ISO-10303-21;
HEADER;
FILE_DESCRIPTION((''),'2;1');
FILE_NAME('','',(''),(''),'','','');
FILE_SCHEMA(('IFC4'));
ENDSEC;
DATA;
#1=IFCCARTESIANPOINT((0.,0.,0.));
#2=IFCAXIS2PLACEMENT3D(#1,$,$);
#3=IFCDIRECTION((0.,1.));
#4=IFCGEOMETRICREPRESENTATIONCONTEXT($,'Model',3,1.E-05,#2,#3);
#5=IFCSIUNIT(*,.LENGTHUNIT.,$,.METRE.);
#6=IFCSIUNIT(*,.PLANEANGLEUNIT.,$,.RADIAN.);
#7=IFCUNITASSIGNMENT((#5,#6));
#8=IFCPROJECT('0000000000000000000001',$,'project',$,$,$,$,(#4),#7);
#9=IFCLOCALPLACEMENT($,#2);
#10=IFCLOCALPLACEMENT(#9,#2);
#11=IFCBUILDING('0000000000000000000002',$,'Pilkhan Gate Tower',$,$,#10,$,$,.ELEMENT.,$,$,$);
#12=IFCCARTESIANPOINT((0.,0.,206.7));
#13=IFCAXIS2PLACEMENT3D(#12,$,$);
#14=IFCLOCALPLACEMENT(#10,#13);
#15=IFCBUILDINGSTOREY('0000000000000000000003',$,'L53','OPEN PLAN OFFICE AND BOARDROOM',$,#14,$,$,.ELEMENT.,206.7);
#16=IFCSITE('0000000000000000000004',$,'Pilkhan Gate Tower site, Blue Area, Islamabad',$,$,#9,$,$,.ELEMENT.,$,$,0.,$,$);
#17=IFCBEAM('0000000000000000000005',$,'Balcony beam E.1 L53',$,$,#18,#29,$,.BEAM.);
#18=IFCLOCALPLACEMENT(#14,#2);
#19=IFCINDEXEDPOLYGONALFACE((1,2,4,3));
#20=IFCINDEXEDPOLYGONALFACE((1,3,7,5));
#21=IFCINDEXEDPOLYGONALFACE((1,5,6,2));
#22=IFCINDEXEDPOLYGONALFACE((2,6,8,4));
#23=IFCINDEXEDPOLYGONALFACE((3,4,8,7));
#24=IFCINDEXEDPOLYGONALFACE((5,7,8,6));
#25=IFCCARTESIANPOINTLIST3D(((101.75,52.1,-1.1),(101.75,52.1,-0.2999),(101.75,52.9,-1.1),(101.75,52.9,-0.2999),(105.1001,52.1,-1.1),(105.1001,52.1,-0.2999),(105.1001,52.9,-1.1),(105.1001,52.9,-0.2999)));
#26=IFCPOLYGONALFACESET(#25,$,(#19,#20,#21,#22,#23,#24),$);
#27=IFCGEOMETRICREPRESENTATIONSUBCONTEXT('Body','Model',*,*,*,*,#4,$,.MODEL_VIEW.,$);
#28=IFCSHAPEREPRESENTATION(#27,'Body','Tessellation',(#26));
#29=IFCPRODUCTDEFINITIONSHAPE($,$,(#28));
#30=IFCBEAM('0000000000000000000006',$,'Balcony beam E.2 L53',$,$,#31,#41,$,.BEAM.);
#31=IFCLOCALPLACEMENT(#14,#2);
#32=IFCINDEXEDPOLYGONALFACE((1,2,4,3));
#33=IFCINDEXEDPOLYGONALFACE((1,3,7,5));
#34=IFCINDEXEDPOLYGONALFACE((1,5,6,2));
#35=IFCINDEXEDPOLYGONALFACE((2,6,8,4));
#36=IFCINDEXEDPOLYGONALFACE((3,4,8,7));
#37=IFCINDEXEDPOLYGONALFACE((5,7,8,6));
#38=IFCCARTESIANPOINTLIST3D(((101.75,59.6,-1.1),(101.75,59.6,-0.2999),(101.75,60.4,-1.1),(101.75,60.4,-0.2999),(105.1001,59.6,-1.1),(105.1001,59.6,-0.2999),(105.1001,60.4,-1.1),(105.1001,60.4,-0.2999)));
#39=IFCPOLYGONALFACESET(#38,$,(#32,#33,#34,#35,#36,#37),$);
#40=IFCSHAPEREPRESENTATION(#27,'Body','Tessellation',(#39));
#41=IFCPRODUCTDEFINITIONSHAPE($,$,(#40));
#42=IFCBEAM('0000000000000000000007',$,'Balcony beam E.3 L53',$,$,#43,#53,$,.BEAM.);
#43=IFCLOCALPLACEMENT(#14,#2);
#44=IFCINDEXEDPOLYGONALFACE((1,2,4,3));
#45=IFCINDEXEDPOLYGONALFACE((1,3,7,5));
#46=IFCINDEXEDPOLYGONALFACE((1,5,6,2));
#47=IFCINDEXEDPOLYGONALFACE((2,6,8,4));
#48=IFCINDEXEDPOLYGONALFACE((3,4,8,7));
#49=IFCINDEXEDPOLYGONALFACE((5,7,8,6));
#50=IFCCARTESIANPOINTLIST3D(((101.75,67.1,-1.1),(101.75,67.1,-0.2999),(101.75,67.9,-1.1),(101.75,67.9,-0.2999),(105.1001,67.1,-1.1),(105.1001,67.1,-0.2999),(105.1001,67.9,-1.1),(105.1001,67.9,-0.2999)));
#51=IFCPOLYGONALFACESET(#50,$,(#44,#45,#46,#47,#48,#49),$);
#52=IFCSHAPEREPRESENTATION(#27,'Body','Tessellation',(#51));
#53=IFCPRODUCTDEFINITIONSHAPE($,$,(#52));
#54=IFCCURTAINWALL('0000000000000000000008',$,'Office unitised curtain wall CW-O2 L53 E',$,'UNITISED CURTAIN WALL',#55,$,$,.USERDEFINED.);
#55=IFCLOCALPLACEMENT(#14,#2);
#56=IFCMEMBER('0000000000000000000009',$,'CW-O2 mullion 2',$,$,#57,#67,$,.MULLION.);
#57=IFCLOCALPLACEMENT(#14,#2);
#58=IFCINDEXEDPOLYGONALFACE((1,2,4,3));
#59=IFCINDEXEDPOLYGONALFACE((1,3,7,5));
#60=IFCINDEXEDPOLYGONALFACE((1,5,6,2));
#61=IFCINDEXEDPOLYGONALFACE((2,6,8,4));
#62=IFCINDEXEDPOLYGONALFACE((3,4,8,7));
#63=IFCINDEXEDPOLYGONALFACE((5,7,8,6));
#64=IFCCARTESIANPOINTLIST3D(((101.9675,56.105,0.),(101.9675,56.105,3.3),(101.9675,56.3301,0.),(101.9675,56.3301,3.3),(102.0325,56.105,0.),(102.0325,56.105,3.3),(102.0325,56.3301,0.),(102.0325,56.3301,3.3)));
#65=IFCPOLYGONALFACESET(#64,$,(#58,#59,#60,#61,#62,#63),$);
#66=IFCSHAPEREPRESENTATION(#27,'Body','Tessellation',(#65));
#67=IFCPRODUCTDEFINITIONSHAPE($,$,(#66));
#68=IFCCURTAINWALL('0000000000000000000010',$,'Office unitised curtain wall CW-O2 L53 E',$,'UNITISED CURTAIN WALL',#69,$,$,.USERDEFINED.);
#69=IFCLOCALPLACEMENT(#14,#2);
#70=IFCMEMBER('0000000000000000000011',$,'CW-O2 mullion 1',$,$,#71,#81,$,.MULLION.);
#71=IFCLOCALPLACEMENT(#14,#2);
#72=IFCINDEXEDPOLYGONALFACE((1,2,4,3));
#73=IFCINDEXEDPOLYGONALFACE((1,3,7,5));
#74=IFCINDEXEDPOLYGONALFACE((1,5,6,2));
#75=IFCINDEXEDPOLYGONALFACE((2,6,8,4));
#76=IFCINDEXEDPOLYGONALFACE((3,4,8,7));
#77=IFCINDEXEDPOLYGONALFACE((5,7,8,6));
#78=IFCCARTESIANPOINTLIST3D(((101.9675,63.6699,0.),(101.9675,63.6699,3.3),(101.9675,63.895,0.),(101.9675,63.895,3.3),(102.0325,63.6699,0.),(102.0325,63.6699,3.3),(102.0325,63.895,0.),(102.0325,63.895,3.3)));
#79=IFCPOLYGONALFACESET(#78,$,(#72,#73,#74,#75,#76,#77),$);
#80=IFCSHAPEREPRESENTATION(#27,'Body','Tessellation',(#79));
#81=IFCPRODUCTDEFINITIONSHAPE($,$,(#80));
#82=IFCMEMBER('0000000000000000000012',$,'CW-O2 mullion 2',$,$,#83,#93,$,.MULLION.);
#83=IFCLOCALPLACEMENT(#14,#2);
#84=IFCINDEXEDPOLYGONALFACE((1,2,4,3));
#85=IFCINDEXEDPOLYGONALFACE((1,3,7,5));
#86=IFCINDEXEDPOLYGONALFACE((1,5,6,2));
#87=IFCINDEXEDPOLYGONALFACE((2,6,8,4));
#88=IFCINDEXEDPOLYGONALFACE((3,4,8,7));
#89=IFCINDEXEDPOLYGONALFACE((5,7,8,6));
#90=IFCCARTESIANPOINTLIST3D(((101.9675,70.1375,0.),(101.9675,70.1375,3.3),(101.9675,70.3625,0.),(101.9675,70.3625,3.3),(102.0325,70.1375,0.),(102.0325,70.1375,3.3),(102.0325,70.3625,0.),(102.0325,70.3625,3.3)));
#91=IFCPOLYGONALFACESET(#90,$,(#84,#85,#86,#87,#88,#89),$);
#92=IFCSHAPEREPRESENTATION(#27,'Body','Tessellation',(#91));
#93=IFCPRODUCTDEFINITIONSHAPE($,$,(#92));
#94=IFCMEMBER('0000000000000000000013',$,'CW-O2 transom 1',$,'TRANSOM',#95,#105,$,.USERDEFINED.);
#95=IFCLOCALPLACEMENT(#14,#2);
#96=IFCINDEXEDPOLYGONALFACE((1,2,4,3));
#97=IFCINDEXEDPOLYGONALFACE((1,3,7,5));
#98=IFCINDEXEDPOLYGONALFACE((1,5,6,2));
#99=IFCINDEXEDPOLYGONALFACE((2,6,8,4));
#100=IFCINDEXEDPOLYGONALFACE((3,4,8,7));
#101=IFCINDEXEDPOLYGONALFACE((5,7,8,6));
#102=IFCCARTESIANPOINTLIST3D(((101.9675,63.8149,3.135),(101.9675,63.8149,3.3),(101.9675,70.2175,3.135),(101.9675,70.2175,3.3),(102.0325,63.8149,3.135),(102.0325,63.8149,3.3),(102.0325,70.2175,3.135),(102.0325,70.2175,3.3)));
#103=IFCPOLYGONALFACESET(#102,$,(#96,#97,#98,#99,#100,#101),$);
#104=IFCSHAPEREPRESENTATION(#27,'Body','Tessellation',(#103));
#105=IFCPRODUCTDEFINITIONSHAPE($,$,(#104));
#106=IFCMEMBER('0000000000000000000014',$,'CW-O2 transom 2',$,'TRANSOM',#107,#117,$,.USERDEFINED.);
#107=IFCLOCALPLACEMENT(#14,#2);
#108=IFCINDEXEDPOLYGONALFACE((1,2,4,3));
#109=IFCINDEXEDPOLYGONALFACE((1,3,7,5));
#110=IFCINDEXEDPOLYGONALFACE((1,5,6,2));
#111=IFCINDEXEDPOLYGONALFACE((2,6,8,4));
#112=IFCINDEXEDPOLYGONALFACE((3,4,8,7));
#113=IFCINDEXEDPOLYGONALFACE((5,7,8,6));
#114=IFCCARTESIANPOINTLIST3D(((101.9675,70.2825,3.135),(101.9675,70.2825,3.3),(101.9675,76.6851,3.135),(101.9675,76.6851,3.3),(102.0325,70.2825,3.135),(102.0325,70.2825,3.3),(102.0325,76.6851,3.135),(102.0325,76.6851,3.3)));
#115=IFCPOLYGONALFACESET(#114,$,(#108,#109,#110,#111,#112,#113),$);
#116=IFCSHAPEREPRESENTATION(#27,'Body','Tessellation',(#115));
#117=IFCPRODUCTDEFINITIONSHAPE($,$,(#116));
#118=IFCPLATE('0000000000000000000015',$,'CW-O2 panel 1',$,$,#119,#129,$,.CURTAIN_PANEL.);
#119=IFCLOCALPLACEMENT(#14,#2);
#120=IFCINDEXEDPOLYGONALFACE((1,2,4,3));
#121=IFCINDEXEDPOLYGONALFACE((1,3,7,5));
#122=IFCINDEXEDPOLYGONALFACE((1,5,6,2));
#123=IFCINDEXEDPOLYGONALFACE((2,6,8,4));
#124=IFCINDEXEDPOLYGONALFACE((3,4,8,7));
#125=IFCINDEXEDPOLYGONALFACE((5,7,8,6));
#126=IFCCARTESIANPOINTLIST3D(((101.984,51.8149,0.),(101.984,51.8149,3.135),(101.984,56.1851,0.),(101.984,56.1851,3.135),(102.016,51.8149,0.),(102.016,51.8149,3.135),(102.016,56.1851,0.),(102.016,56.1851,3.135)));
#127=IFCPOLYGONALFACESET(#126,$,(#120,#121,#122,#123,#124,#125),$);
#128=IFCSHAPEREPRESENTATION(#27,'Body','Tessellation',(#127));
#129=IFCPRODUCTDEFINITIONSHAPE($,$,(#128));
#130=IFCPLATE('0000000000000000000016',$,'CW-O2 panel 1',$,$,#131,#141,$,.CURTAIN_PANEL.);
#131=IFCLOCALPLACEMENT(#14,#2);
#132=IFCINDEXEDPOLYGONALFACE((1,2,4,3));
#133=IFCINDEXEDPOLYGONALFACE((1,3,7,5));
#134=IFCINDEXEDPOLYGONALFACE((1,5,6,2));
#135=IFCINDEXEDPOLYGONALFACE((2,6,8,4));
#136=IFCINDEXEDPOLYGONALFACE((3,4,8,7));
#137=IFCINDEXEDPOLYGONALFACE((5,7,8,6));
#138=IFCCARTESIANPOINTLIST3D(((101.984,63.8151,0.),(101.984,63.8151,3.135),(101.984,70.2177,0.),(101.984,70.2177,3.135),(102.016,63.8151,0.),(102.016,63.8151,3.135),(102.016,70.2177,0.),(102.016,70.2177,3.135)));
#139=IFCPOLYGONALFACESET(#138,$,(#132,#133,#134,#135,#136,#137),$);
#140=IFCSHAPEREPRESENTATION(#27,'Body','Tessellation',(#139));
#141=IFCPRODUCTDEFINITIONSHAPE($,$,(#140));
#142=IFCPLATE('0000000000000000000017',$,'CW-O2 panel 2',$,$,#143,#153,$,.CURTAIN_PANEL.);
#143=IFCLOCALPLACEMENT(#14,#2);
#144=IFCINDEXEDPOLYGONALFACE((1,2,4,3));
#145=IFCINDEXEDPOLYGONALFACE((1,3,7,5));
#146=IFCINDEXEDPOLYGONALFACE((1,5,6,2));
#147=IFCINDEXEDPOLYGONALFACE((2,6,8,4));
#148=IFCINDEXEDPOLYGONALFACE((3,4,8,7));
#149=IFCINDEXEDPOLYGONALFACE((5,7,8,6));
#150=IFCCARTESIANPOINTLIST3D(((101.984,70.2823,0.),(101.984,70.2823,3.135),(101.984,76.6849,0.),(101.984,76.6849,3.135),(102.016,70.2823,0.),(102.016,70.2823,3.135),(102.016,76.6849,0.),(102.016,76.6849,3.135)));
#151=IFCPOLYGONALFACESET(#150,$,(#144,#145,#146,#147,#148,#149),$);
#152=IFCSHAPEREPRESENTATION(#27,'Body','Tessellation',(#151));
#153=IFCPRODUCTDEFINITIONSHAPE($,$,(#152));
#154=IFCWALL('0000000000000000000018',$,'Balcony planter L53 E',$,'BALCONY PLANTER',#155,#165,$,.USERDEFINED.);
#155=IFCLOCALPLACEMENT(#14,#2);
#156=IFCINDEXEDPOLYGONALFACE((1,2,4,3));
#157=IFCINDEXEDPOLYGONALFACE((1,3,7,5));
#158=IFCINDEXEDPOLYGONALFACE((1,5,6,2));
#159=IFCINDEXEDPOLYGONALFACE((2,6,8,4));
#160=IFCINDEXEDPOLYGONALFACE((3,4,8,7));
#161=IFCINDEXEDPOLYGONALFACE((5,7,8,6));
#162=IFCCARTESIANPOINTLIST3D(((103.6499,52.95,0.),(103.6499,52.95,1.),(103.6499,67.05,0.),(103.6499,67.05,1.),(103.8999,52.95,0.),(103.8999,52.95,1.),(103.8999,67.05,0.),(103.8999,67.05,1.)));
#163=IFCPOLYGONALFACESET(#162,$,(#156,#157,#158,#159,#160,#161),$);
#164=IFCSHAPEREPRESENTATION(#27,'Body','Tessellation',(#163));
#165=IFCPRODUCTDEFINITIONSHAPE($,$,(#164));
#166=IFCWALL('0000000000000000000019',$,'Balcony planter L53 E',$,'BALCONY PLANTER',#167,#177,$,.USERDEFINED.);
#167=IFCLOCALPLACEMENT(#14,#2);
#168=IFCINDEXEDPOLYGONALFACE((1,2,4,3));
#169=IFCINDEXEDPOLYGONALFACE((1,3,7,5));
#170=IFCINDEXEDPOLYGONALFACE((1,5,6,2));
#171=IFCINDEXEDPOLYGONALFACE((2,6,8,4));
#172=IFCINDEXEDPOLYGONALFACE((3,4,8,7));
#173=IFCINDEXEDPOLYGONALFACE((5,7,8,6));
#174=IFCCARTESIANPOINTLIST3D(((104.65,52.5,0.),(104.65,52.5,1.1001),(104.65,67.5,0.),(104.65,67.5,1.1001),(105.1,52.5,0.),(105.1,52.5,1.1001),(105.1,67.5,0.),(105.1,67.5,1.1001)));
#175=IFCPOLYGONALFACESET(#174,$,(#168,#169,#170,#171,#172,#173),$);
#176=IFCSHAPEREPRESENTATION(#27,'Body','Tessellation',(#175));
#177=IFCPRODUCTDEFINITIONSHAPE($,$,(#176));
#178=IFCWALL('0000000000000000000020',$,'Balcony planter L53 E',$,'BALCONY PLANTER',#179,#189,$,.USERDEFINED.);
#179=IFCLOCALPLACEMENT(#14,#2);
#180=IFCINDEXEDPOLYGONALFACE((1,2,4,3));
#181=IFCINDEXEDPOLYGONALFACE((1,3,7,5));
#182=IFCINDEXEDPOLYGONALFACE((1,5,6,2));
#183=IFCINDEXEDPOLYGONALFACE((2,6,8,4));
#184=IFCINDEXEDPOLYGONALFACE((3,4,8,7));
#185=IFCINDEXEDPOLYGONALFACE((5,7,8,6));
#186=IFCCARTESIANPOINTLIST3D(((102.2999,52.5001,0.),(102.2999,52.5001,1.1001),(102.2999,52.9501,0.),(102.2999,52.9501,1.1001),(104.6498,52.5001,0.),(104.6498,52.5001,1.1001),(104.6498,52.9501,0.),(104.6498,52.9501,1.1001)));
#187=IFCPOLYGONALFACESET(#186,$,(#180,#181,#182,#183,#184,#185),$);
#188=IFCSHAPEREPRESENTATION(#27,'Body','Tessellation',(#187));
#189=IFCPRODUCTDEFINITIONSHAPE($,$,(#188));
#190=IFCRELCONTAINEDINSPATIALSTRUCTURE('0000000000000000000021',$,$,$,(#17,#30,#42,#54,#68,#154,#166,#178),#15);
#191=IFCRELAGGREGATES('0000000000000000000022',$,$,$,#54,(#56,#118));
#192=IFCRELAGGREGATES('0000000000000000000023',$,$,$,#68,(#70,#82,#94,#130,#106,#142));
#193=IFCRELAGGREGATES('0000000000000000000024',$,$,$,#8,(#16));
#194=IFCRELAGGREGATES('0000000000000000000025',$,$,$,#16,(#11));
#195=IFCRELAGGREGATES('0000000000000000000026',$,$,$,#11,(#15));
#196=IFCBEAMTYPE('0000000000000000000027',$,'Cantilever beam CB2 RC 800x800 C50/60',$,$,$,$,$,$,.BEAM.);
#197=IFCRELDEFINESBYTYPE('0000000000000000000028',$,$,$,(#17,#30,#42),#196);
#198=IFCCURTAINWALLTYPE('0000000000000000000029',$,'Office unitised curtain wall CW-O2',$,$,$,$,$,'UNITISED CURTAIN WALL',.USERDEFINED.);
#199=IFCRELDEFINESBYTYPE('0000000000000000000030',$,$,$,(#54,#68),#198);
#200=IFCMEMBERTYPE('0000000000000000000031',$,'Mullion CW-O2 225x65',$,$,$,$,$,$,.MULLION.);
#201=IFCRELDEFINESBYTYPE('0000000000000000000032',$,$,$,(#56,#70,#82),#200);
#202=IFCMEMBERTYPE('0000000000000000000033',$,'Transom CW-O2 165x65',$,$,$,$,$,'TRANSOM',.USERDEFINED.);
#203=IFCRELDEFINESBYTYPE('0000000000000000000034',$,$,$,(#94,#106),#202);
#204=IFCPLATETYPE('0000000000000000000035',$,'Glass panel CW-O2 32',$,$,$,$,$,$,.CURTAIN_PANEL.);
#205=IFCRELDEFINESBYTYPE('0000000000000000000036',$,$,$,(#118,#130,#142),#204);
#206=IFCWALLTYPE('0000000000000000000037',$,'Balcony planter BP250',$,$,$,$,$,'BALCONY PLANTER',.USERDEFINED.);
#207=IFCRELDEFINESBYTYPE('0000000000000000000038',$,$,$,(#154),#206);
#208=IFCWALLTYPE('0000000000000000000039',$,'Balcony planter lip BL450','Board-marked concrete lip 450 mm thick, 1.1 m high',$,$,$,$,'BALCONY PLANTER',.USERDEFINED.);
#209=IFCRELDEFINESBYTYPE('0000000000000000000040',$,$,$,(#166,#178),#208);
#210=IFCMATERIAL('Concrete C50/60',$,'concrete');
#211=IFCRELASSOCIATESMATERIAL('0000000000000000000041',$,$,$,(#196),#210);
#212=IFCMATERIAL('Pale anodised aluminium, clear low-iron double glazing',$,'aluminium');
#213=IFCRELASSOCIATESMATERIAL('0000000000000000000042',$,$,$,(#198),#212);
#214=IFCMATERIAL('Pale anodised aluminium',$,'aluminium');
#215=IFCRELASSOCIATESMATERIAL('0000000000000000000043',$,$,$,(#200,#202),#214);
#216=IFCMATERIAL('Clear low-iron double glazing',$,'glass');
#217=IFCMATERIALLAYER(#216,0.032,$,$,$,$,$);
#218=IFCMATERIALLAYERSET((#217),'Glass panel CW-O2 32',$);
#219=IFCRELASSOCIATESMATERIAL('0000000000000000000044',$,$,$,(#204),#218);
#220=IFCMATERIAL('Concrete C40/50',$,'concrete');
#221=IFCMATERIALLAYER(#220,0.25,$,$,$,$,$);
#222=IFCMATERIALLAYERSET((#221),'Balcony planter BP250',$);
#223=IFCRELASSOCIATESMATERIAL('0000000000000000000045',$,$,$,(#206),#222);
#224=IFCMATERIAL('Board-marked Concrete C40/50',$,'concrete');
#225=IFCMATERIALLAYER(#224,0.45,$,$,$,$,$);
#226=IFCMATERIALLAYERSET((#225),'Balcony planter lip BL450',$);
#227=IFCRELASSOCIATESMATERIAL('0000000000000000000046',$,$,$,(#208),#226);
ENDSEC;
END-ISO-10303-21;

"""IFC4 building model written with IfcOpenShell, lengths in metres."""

from ifc_helpers import new_model, si_unit, direction, frame, frame_2d, origin, origin_2d, place, context, subcontext, project, spatial, rectangle, extrude, material, layer, layer_set, material_profile, profile_set, type_object, element, aggregate, save


model = new_model("IFC4")

# Units and contexts
model_context = context("Model", 3, precision=1e-05, world=origin(), true_north=direction((0.0, 1.0)))
body_context = subcontext(model_context, "Body", "Model", "MODEL_VIEW")
ifc_project = project(units=[si_unit("LENGTHUNIT", "METRE"), si_unit("PLANEANGLEUNIT", "RADIAN")], contexts=[model_context])

# Site, building, storey
site_placement = place(None, origin())
site = spatial("IfcSite", under=ifc_project, at=site_placement, Name="Pilkhan Gate Tower site, Blue Area, Islamabad", CompositionType="ELEMENT", RefElevation=0.0)
building_placement = place(site_placement, origin())
building = spatial("IfcBuilding", under=site, at=building_placement, Name="Pilkhan Gate Tower", CompositionType="ELEMENT")
storey_placement = place(building_placement, frame((0.0, 0.0, 206.7)))
storey = spatial("IfcBuildingStorey", under=building, at=storey_placement, Name="L53", Description="OPEN PLAN OFFICE AND BOARDROOM", CompositionType="ELEMENT", Elevation=206.7)

# Beams
ifc_material_1 = material(Name="Concrete C50/60", Category="concrete")
ifc_material_profile_1 = material_profile(ifc_material_1, rectangle(XDim=0.8, YDim=0.8, at=origin_2d()), Name="RC 800x800")
ifc_profile_set_1 = profile_set([ifc_material_profile_1], Name="Concrete C50/60")
beam_type = type_object("IfcBeamType", Name="Cantilever beam CB2 RC 800x800 C50/60", PredefinedType="BEAM", material=ifc_profile_set_1)
for number, where, z_axis, x_axis, name in (
    (1, (101.75, 52.5, -0.7), (1.0, 0.0, 0.0), (0.0, 1.0, 0.0), "Balcony beam E.1 L53"),
    (2, (101.75, 60.0, -0.7), (1.0, 0.0, 0.0), (0.0, 1.0, 0.0), "Balcony beam E.2 L53"),
    (3, (101.75, 67.5, -0.7), (1.0, 0.0, 0.0), (0.0, 1.0, 0.0), "Balcony beam E.3 L53"),
):
    element("IfcBeam", number, at=place(storey_placement, frame(where, z_axis=z_axis, x_axis=x_axis)), inside=storey, type_object=beam_type, Name=name, PredefinedType="BEAM", context=body_context, shape_type="SweptSolid", body=[
        extrude(rectangle(XDim=0.8, YDim=0.8, at=origin_2d()), origin(), (0.0, 0.0, 1.0), 3.3501),
    ])

# Curtain wall, member
ifc_material_2 = material(Name="Pale anodised aluminium, clear low-iron double glazing", Category="aluminium")
curtain_wall_type = type_object("IfcCurtainWallType", Name="Office unitised curtain wall CW-O2", ElementType="UNITISED CURTAIN WALL", PredefinedType="USERDEFINED", material=ifc_material_2)
curtain_wall_1_placement = place(storey_placement, origin())
curtain_wall_1 = element("IfcCurtainWall", 4, at=curtain_wall_1_placement, inside=storey, type_object=curtain_wall_type, Name="Office unitised curtain wall CW-O2 L53 E", ObjectType="UNITISED CURTAIN WALL", PredefinedType="USERDEFINED")
ifc_material_3 = material(Name="Pale anodised aluminium", Category="aluminium")
ifc_material_profile_2 = material_profile(ifc_material_3, rectangle(XDim=0.0649, YDim=0.2251, at=origin_2d()), Name="Mullion 225x65")
ifc_profile_set_2 = profile_set([ifc_material_profile_2], Name="Pale anodised aluminium")
member_type_1 = type_object("IfcMemberType", Name="Mullion CW-O2 225x65", PredefinedType="MULLION", material=ifc_profile_set_2)
member_1_placement = place(storey_placement, frame((102.0, 56.2175, 0.0), z_axis=(0.0, 0.0, 1.0), x_axis=(-1.0, 0.0, 0.0)))
member_1 = element("IfcMember", 5, at=member_1_placement, type_object=member_type_1, Name="CW-O2 mullion 2", PredefinedType="MULLION", context=body_context, shape_type="SweptSolid", body=[
    extrude(rectangle(XDim=0.0649, YDim=0.2251, at=origin_2d()), origin(), (0.0, 0.0, 1.0), 3.3),
])

# Curtain wall, members
curtain_wall_2_placement = place(storey_placement, origin())
curtain_wall_2 = element("IfcCurtainWall", 6, at=curtain_wall_2_placement, inside=storey, type_object=curtain_wall_type, Name="Office unitised curtain wall CW-O2 L53 E", ObjectType="UNITISED CURTAIN WALL", PredefinedType="USERDEFINED")
member_2_placement = place(storey_placement, frame((102.0, 63.7825, 0.0), z_axis=(0.0, 0.0, 1.0), x_axis=(-1.0, 0.0, 0.0)))
member_2 = element("IfcMember", 7, at=member_2_placement, type_object=member_type_1, Name="CW-O2 mullion 1", PredefinedType="MULLION", context=body_context, shape_type="SweptSolid", body=[
    extrude(rectangle(XDim=0.0649, YDim=0.2251, at=origin_2d()), origin(), (0.0, 0.0, 1.0), 3.3),
])
member_3_placement = place(storey_placement, frame((102.0, 70.25, 0.0), z_axis=(0.0, 0.0, 1.0), x_axis=(-1.0, 0.0, 0.0)))
member_3 = element("IfcMember", 8, at=member_3_placement, type_object=member_type_1, Name="CW-O2 mullion 2", PredefinedType="MULLION", context=body_context, shape_type="SweptSolid", body=[
    extrude(rectangle(XDim=0.0649, YDim=0.2251, at=origin_2d()), origin(), (0.0, 0.0, 1.0), 3.3),
])
ifc_material_profile_3 = material_profile(ifc_material_3, rectangle(XDim=0.0649, YDim=0.165, at=origin_2d()), Name="Transom 165x65")
ifc_profile_set_3 = profile_set([ifc_material_profile_3], Name="Pale anodised aluminium")
member_type_2 = type_object("IfcMemberType", Name="Transom CW-O2 165x65", ElementType="TRANSOM", PredefinedType="USERDEFINED", material=ifc_profile_set_3)
member_4_placement = place(storey_placement, frame((102.0, 63.8149, 3.2175), z_axis=(0.0, 1.0, 0.0), x_axis=(-1.0, 0.0, 0.0)))
member_4 = element("IfcMember", 9, at=member_4_placement, type_object=member_type_2, Name="CW-O2 transom 1", ObjectType="TRANSOM", PredefinedType="USERDEFINED", context=body_context, shape_type="SweptSolid", body=[
    extrude(rectangle(XDim=0.0649, YDim=0.165, at=origin_2d()), origin(), (0.0, 0.0, 1.0), 6.4026),
])
member_5_placement = place(storey_placement, frame((102.0, 70.2825, 3.2175), z_axis=(0.0, 1.0, 0.0), x_axis=(-1.0, 0.0, 0.0)))
member_5 = element("IfcMember", 10, at=member_5_placement, type_object=member_type_2, Name="CW-O2 transom 2", ObjectType="TRANSOM", PredefinedType="USERDEFINED", context=body_context, shape_type="SweptSolid", body=[
    extrude(rectangle(XDim=0.0649, YDim=0.165, at=origin_2d()), origin(), (0.0, 0.0, 1.0), 6.4026),
])

# Plates
ifc_material_4 = material(Name="Clear low-iron double glazing", Category="glass")
ifc_layer_1 = layer(ifc_material_4, 0.032)
ifc_layer_set_1 = layer_set([ifc_layer_1], Name="Glass panel CW-O2 32")
plate_type = type_object("IfcPlateType", Name="Glass panel CW-O2 32", PredefinedType="CURTAIN_PANEL", material=ifc_layer_set_1)
plate_1_placement = place(storey_placement, frame((102.0, 54.0, 0.0), z_axis=(0.0, 0.0, 1.0), x_axis=(0.0, 1.0, 0.0)))
plate_1 = element("IfcPlate", 11, at=plate_1_placement, type_object=plate_type, Name="CW-O2 panel 1", PredefinedType="CURTAIN_PANEL", context=body_context, shape_type="SweptSolid", body=[
    extrude(rectangle(XDim=4.3701, YDim=0.032, at=origin_2d()), origin(), (0.0, 0.0, 1.0), 3.135),
])
aggregate(curtain_wall_1, [member_1, plate_1])
plate_2_placement = place(storey_placement, frame((102.0, 67.0164, 0.0), z_axis=(0.0, 0.0, 1.0), x_axis=(0.0, 1.0, 0.0)))
plate_2 = element("IfcPlate", 12, at=plate_2_placement, type_object=plate_type, Name="CW-O2 panel 1", PredefinedType="CURTAIN_PANEL", context=body_context, shape_type="SweptSolid", body=[
    extrude(rectangle(XDim=6.4026, YDim=0.032, at=origin_2d()), origin(), (0.0, 0.0, 1.0), 3.135),
])
plate_3_placement = place(storey_placement, frame((102.0, 73.4836, 0.0), z_axis=(0.0, 0.0, 1.0), x_axis=(0.0, 1.0, 0.0)))
plate_3 = element("IfcPlate", 13, at=plate_3_placement, type_object=plate_type, Name="CW-O2 panel 2", PredefinedType="CURTAIN_PANEL", context=body_context, shape_type="SweptSolid", body=[
    extrude(rectangle(XDim=6.4026, YDim=0.032, at=origin_2d()), origin(), (0.0, 0.0, 1.0), 3.135),
])
aggregate(curtain_wall_2, [member_2, member_3, member_4, plate_2, member_5, plate_3])

# Walls
ifc_material_5 = material(Name="Concrete C40/50", Category="concrete")
ifc_layer_2 = layer(ifc_material_5, 0.25)
ifc_layer_set_2 = layer_set([ifc_layer_2], Name="Balcony planter BP250")
wall_type_1 = type_object("IfcWallType", Name="Balcony planter BP250", ElementType="BALCONY PLANTER", PredefinedType="USERDEFINED", material=ifc_layer_set_2)
wall_1_placement = place(storey_placement, frame((103.7749, 52.95, 0.0), z_axis=(0.0, 0.0, 1.0), x_axis=(0.0, 1.0, 0.0)))
element("IfcWall", 14, at=wall_1_placement, inside=storey, type_object=wall_type_1, Name="Balcony planter L53 E", ObjectType="BALCONY PLANTER", PredefinedType="USERDEFINED", context=body_context, shape_type="SweptSolid", body=[
    extrude(rectangle(XDim=14.1001, YDim=0.25, at=frame_2d((7.05, 0.0))), origin(), (0.0, 0.0, 1.0), 1.0),
])
ifc_material_6 = material(Name="Board-marked Concrete C40/50", Category="concrete")
ifc_layer_3 = layer(ifc_material_6, 0.45)
ifc_layer_set_3 = layer_set([ifc_layer_3], Name="Balcony planter lip BL450")
wall_type_2 = type_object("IfcWallType", Name="Balcony planter lip BL450", Description="Board-marked concrete lip 450 mm thick, 1.1 m high", ElementType="BALCONY PLANTER", PredefinedType="USERDEFINED", material=ifc_layer_set_3)
wall_2_placement = place(storey_placement, frame((104.875, 52.5, 0.0), z_axis=(0.0, 0.0, 1.0), x_axis=(0.0, 1.0, 0.0)))
element("IfcWall", 15, at=wall_2_placement, inside=storey, type_object=wall_type_2, Name="Balcony planter L53 E", ObjectType="BALCONY PLANTER", PredefinedType="USERDEFINED", context=body_context, shape_type="SweptSolid", body=[
    extrude(rectangle(XDim=15.0, YDim=0.45, at=frame_2d((7.5, 0.0))), origin(), (0.0, 0.0, 1.0), 1.1001),
])
for number, where, z_axis, x_axis, name in (
    (16, (102.3, 52.7251, 0.0), (0.0, 0.0, 1.0), (1.0, 0.0, 0.0), "Balcony planter L53 E"),
):
    element("IfcWall", number, at=place(storey_placement, frame(where, z_axis=z_axis, x_axis=x_axis)), inside=storey, type_object=wall_type_2, Name=name, ObjectType="BALCONY PLANTER", PredefinedType="USERDEFINED", context=body_context, shape_type="SweptSolid", body=[
        extrude(rectangle(XDim=2.3499, YDim=0.45, at=frame_2d((1.1748, 0.0))), origin(), (0.0, 0.0, 1.0), 1.1001),
    ])

save(model, "model.ifc")
